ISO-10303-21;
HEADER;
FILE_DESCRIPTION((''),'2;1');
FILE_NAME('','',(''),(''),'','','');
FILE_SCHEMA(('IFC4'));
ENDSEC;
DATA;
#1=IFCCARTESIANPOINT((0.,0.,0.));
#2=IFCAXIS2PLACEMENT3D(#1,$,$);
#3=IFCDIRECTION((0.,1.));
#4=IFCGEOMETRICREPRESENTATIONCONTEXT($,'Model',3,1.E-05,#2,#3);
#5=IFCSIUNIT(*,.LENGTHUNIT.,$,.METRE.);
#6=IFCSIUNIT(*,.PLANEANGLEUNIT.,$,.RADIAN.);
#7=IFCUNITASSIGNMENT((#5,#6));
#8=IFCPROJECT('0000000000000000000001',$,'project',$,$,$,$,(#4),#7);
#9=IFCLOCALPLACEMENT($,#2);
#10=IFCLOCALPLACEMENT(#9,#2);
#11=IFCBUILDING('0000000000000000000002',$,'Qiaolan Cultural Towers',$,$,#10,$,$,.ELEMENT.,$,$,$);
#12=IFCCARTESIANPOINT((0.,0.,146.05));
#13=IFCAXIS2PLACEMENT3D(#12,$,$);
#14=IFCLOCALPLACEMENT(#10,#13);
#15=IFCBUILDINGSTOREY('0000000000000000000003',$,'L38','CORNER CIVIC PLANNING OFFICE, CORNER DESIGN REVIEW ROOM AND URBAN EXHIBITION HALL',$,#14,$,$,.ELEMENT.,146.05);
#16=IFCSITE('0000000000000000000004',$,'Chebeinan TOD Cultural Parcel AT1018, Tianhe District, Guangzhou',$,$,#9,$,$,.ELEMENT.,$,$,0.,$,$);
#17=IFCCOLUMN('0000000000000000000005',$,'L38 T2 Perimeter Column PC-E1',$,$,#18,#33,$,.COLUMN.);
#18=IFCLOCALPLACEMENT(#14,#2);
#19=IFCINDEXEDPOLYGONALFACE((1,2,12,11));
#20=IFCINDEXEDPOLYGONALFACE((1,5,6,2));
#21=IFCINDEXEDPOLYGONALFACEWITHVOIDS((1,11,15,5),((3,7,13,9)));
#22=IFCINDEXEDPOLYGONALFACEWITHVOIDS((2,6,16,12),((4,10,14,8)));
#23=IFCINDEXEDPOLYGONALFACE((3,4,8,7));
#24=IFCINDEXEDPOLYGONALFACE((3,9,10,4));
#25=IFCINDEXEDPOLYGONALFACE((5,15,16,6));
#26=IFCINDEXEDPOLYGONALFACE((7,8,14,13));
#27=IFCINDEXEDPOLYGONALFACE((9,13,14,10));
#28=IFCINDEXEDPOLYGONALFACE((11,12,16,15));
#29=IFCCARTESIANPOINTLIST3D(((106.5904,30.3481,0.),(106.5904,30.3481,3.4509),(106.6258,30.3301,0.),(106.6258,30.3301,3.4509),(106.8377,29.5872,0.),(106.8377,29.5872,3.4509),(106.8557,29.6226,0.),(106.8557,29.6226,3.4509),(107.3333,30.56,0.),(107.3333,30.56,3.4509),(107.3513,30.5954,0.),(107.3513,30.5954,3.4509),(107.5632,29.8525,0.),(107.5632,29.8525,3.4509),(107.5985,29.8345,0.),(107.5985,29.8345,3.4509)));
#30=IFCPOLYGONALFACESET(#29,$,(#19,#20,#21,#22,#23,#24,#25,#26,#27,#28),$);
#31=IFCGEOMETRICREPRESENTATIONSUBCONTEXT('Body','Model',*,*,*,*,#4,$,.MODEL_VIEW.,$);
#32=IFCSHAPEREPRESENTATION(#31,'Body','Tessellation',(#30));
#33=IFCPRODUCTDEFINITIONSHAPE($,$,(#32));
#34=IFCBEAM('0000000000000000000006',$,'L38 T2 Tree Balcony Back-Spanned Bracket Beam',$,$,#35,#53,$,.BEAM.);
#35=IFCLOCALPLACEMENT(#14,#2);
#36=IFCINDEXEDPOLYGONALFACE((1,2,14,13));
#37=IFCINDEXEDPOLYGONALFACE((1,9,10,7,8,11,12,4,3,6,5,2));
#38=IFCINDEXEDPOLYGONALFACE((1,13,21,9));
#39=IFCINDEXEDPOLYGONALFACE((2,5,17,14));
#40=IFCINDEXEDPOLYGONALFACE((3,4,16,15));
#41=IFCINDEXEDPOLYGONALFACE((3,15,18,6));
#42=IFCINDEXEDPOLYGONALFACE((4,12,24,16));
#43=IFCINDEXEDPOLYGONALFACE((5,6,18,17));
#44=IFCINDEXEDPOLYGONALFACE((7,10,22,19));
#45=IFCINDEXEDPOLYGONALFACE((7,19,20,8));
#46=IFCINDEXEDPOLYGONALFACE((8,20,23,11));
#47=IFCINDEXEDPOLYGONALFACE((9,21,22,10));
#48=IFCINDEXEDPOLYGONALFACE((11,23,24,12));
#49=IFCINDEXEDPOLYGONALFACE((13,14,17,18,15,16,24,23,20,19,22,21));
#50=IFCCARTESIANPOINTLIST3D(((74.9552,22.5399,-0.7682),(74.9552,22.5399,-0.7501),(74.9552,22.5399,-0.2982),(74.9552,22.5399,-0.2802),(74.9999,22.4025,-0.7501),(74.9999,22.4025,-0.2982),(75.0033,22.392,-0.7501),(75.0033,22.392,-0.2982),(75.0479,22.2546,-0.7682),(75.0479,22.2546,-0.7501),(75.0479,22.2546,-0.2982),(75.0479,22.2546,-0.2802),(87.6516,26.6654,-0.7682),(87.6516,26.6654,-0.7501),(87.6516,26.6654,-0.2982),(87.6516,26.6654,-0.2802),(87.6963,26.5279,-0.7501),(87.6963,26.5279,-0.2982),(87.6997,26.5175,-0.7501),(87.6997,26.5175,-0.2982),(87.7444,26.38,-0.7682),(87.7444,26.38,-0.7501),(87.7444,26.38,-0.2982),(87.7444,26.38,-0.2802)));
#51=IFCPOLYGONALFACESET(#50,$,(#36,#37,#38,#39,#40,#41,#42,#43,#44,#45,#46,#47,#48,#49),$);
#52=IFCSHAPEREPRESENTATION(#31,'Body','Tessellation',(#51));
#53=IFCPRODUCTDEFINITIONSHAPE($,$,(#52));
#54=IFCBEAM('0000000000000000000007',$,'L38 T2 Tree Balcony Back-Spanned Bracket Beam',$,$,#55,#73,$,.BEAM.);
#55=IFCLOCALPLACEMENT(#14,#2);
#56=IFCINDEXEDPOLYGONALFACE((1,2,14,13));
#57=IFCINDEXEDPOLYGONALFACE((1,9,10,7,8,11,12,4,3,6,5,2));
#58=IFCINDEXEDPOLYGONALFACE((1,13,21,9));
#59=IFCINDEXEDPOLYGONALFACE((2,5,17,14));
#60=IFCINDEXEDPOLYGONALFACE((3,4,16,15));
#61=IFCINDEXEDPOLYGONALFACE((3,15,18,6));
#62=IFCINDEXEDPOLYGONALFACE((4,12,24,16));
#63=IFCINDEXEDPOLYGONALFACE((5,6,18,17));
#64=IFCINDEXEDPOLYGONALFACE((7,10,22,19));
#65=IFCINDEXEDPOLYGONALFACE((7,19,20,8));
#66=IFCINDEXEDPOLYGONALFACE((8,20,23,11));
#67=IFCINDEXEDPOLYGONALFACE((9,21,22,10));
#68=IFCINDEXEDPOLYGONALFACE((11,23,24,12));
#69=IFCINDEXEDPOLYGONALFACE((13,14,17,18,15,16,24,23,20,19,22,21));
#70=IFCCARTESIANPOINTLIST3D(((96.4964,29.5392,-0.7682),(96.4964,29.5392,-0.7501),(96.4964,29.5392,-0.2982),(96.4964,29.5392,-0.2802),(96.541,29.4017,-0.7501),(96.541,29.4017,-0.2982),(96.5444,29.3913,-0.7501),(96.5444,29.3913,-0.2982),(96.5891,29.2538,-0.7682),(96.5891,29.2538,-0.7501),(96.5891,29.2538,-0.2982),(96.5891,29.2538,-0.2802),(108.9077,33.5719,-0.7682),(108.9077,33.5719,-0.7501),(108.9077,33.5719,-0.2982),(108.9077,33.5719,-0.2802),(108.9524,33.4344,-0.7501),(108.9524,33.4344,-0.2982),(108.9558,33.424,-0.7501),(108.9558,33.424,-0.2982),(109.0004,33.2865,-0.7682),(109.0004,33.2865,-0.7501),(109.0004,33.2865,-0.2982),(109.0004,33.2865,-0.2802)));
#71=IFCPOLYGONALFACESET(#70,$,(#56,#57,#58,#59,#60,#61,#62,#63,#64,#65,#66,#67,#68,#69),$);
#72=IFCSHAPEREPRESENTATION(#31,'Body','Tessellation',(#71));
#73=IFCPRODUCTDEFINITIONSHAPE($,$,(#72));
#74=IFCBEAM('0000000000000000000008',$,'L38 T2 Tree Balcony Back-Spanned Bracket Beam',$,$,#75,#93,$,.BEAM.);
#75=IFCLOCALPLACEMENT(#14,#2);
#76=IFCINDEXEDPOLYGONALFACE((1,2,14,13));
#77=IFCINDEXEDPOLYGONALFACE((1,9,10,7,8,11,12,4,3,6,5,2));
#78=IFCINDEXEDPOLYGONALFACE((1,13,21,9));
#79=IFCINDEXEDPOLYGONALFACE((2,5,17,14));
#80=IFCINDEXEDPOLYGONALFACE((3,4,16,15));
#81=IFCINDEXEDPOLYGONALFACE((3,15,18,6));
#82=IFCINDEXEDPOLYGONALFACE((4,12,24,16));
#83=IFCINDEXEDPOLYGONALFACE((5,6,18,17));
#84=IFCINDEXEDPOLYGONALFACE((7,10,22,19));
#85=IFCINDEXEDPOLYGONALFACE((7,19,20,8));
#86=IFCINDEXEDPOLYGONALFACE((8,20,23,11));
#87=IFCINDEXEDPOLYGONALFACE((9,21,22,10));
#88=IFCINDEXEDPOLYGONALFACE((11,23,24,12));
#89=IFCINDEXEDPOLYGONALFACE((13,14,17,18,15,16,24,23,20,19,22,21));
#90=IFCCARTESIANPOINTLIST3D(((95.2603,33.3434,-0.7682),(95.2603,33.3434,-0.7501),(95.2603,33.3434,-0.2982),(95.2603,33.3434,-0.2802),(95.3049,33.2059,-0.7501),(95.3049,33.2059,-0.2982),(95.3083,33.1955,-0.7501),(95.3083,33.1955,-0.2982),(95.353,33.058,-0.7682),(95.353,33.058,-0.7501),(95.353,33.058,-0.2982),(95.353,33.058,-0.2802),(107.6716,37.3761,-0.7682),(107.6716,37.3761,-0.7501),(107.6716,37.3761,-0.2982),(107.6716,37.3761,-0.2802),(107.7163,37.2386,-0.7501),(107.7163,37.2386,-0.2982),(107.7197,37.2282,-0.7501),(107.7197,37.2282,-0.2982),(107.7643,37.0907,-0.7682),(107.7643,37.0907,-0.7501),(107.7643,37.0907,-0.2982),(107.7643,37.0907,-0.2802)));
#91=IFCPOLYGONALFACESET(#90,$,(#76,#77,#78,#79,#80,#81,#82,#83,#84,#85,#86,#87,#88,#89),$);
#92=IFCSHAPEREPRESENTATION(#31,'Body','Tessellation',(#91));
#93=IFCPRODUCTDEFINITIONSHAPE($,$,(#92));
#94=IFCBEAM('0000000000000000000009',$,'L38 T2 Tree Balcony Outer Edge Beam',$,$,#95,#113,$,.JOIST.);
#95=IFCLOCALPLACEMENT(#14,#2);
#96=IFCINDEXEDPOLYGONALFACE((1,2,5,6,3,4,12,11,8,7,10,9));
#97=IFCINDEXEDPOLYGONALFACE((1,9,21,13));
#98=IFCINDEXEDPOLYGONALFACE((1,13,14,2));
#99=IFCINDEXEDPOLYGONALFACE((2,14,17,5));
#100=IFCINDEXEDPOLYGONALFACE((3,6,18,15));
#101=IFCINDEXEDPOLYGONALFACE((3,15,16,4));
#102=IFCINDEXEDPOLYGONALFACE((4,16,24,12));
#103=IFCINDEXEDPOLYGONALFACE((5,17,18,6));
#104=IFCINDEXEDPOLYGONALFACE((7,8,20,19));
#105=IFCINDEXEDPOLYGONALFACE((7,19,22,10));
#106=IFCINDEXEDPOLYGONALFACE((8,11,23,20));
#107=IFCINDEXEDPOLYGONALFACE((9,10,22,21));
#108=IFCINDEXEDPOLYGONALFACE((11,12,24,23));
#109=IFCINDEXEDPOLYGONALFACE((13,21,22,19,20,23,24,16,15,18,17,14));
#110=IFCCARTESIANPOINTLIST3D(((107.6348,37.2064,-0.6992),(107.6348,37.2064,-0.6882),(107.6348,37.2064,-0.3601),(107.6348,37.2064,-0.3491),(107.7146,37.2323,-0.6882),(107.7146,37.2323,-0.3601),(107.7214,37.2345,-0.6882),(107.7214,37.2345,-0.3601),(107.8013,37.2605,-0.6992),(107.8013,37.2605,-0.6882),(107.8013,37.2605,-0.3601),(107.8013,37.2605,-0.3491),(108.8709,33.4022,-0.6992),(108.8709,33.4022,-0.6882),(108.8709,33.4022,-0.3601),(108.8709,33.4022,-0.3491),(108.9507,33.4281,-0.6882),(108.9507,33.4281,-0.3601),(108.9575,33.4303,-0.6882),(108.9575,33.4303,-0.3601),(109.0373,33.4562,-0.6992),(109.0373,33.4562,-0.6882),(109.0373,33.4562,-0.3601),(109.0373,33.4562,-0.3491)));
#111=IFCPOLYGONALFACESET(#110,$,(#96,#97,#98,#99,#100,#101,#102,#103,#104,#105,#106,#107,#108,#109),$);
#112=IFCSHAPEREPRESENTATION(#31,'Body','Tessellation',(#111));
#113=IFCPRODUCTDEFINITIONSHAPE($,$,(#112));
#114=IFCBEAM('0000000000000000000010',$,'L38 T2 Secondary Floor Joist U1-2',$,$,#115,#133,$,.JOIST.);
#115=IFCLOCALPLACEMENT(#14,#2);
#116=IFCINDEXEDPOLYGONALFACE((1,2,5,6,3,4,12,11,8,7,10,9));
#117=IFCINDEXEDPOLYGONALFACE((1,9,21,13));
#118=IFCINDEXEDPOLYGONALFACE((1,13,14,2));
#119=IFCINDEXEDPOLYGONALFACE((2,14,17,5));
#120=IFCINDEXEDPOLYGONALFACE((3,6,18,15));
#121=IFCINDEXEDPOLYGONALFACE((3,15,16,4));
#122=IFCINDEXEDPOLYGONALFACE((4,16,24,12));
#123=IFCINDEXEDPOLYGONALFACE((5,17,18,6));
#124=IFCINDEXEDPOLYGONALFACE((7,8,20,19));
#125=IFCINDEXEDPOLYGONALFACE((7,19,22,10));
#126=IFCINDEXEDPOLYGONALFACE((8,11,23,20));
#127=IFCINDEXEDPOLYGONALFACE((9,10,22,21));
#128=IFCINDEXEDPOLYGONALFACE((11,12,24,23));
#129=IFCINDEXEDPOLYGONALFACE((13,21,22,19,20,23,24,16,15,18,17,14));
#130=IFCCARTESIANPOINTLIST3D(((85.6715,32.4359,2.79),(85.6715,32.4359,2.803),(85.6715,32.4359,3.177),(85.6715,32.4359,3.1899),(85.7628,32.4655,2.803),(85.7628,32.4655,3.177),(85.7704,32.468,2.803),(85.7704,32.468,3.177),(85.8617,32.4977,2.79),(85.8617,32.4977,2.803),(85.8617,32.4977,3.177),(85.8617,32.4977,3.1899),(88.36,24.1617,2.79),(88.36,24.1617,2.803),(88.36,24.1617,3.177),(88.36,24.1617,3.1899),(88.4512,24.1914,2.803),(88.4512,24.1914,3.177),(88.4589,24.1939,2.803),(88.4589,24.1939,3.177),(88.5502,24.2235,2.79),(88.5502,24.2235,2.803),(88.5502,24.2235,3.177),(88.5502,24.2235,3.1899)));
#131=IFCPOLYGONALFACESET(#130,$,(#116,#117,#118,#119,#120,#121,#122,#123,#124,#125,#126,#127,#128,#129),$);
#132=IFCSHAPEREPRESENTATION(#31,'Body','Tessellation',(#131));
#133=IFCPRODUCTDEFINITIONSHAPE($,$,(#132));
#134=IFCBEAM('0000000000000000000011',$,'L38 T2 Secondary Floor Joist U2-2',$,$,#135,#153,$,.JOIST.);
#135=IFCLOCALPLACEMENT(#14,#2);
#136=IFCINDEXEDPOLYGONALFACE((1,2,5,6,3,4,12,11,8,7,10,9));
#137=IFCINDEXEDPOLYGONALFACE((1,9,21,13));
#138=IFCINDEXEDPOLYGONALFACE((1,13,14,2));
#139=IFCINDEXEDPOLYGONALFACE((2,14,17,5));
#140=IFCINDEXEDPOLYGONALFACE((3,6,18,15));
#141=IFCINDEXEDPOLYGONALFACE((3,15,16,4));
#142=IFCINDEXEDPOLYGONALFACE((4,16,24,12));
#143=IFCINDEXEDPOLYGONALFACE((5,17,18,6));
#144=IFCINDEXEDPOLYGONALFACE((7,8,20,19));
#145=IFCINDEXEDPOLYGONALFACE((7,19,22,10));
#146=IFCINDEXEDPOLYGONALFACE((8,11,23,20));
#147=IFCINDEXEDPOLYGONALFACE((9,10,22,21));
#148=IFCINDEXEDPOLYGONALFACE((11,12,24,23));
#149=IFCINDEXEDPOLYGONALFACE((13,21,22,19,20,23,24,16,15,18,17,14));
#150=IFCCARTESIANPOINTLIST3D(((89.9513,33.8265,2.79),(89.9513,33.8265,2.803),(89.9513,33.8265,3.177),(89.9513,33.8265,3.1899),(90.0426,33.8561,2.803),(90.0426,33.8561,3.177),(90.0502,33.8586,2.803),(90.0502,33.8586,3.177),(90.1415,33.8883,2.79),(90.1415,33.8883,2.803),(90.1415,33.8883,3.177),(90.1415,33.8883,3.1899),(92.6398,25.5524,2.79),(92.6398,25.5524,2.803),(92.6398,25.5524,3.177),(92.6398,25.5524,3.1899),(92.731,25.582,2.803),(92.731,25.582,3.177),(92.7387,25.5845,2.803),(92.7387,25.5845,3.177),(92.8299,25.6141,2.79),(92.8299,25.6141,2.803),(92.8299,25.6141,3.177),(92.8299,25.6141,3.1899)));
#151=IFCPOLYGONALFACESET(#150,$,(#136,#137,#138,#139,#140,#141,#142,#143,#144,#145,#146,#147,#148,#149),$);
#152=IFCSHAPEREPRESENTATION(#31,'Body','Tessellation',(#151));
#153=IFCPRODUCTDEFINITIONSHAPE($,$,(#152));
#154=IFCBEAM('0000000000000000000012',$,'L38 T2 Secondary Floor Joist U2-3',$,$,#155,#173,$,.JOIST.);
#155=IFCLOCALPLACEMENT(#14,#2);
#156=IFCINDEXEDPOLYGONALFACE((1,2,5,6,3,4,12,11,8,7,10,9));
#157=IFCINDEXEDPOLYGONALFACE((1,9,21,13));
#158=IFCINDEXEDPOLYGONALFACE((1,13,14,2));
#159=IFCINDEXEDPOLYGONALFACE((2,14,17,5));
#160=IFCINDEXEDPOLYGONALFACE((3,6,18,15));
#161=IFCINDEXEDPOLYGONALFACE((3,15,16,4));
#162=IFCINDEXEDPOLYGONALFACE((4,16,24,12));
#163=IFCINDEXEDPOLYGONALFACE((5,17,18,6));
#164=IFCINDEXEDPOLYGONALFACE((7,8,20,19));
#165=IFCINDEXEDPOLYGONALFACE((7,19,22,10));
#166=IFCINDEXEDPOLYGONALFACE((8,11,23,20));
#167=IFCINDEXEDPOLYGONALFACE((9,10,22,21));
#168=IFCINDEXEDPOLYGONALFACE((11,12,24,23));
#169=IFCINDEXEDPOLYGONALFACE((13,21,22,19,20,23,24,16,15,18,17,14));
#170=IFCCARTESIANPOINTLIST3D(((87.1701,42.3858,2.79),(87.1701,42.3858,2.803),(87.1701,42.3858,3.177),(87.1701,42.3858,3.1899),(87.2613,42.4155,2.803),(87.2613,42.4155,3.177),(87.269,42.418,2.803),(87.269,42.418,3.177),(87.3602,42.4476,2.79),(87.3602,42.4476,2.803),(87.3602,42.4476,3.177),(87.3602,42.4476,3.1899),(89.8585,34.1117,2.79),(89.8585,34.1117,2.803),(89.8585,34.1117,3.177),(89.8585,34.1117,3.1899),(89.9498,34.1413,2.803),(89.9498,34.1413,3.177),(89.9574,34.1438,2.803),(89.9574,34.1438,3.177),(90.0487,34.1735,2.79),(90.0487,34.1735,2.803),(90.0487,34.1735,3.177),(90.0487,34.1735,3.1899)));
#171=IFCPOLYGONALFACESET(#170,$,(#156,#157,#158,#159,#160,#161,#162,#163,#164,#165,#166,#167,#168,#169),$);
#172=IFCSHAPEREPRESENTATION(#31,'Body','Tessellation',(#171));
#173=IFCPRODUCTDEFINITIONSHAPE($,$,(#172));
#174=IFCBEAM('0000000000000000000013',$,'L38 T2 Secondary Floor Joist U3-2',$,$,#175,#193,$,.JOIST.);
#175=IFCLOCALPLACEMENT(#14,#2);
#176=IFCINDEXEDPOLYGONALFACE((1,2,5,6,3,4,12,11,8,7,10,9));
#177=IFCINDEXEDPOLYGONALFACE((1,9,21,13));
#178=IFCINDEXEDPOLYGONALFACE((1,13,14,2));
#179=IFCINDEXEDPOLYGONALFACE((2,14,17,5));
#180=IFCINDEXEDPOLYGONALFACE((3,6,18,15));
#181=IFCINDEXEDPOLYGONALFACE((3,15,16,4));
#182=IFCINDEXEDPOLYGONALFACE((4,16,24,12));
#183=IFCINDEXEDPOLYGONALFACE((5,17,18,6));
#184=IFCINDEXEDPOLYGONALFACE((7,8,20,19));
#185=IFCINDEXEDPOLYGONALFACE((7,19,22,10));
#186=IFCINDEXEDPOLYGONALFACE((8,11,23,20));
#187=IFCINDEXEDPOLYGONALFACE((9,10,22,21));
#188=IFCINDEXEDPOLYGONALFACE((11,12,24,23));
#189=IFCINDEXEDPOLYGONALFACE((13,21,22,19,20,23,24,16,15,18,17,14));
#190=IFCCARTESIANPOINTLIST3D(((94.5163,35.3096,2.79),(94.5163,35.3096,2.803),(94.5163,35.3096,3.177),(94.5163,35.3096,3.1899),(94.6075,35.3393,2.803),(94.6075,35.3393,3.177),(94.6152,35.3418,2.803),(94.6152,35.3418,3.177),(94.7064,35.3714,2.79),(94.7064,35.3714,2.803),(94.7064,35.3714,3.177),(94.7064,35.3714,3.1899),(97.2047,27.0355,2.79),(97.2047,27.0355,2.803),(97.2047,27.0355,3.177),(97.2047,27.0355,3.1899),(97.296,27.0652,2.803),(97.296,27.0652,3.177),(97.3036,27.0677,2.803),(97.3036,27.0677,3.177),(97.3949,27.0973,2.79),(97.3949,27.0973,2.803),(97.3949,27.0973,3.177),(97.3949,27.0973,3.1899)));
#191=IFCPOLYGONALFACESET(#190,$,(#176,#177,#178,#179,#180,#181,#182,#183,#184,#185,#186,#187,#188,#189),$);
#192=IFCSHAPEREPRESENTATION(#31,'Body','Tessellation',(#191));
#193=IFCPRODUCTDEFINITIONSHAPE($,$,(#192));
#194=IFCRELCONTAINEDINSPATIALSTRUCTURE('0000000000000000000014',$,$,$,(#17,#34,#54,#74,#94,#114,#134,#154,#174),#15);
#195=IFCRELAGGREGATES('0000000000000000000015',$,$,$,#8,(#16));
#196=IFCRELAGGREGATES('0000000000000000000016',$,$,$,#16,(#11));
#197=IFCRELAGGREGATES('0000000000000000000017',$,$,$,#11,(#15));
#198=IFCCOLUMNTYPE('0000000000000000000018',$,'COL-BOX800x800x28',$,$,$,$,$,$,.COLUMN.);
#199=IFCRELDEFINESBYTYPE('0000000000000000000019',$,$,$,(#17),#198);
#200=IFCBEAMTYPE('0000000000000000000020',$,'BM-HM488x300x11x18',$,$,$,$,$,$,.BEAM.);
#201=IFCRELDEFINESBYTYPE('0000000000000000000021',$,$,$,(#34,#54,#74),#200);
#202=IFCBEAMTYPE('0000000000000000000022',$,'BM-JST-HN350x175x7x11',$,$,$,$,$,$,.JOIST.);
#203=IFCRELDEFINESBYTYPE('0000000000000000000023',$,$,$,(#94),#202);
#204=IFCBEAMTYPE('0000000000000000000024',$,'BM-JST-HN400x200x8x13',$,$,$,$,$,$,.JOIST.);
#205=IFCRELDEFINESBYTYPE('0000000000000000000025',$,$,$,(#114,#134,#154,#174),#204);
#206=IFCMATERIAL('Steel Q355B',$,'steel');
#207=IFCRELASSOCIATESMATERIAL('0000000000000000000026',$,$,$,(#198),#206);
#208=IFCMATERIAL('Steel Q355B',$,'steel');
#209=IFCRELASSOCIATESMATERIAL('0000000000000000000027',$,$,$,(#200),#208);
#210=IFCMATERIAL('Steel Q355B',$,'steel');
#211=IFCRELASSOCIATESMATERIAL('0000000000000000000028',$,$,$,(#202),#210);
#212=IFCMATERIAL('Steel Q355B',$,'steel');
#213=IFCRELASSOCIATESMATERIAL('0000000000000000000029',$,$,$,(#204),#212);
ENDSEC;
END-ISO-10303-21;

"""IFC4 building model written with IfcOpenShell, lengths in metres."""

from ifc_helpers import new_model, si_unit, direction, frame, origin, origin_2d, place, context, subcontext, project, spatial, hollow_rectangle, i_section, extrude, material, material_profile, profile_set, type_object, element, save


model = new_model("IFC4")

# Units and contexts
model_context = context("Model", 3, precision=1e-05, world=origin(), true_north=direction((0.0, 1.0)))
body_context = subcontext(model_context, "Body", "Model", "MODEL_VIEW")
ifc_project = project(units=[si_unit("LENGTHUNIT", "METRE"), si_unit("PLANEANGLEUNIT", "RADIAN")], contexts=[model_context])

# Site, building, storey
site_placement = place(None, origin())
site = spatial("IfcSite", under=ifc_project, at=site_placement, Name="Chebeinan TOD Cultural Parcel AT1018, Tianhe District, Guangzhou", CompositionType="ELEMENT", RefElevation=0.0)
building_placement = place(site_placement, origin())
building = spatial("IfcBuilding", under=site, at=building_placement, Name="Qiaolan Cultural Towers", CompositionType="ELEMENT")
storey_placement = place(building_placement, frame((0.0, 0.0, 146.05)))
storey = spatial("IfcBuildingStorey", under=building, at=storey_placement, Name="L38", Description="CORNER CIVIC PLANNING OFFICE, CORNER DESIGN REVIEW ROOM AND URBAN EXHIBITION HALL", CompositionType="ELEMENT", Elevation=146.05)

# Column
ifc_material_1 = material(Name="Steel Q355B", Category="steel")
ifc_material_profile_1 = material_profile(ifc_material_1, hollow_rectangle(XDim=0.8, YDim=0.8, WallThickness=0.0281, at=origin_2d()), Name="BOX800x800x28")
ifc_profile_set_1 = profile_set([ifc_material_profile_1], Name="Steel Q355B")
column_type = type_object("IfcColumnType", Name="COL-BOX800x800x28", PredefinedType="COLUMN", material=ifc_profile_set_1)
column_placement = place(storey_placement, frame((107.0945, 30.0913, 0.0), z_axis=(0.0, 0.0, 1.0), x_axis=(0.951057, 0.309017, 0.0)))
element("IfcColumn", 1, at=column_placement, inside=storey, type_object=column_type, Name="L38 T2 Perimeter Column PC-E1", PredefinedType="COLUMN", context=body_context, shape_type="SweptSolid", body=[
    extrude(hollow_rectangle(XDim=0.8, YDim=0.8, WallThickness=0.0281, at=origin_2d()), origin(), (0.0, 0.0, 1.0), 3.4509),
])

# Beams
ifc_material_2 = material(Name="Steel Q355B", Category="steel")
ifc_material_profile_2 = material_profile(ifc_material_2, i_section(OverallWidth=0.3, OverallDepth=0.488, WebThickness=0.011, FlangeThickness=0.0181, at=origin_2d()), Name="HM488x300x11x18")
ifc_profile_set_2 = profile_set([ifc_material_profile_2], Name="Steel Q355B")
beam_type_1 = type_object("IfcBeamType", Name="BM-HM488x300x11x18", PredefinedType="BEAM", material=ifc_profile_set_2)
beam_1_placement = place(storey_placement, frame((87.698, 26.5227, -0.5242), z_axis=(-0.951054, -0.309026, 0.0), x_axis=(0.309026, -0.951054, 0.0)))
element("IfcBeam", 2, at=beam_1_placement, inside=storey, type_object=beam_type_1, Name="L38 T2 Tree Balcony Back-Spanned Bracket Beam", PredefinedType="BEAM", context=body_context, shape_type="SweptSolid", body=[
    extrude(i_section(OverallWidth=0.3, OverallDepth=0.488, WebThickness=0.011, FlangeThickness=0.0181, at=origin_2d()), origin(), (0.0, 0.0, 1.0), 13.3499),
])
for number, where, z_axis, x_axis, name in (
    (3, (96.5427, 29.3965, -0.5242), (0.951056, 0.309018, 0.0), (-0.309018, 0.951056, 0.0), "L38 T2 Tree Balcony Back-Spanned Bracket Beam"),
    (4, (95.3066, 33.2007, -0.5242), (0.951056, 0.309018, 0.0), (-0.309018, 0.951056, 0.0), "L38 T2 Tree Balcony Back-Spanned Bracket Beam"),
):
    element("IfcBeam", number, at=place(storey_placement, frame(where, z_axis=z_axis, x_axis=x_axis)), inside=storey, type_object=beam_type_1, Name=name, PredefinedType="BEAM", context=body_context, shape_type="SweptSolid", body=[
        extrude(i_section(OverallWidth=0.3, OverallDepth=0.488, WebThickness=0.011, FlangeThickness=0.0181, at=origin_2d()), origin(), (0.0, 0.0, 1.0), 13.05),
    ])
ifc_material_3 = material(Name="Steel Q355B", Category="steel")
ifc_material_profile_3 = material_profile(ifc_material_3, i_section(OverallWidth=0.175, OverallDepth=0.3501, WebThickness=0.0071, FlangeThickness=0.011, at=origin_2d()), Name="HN350x175x7x11")
ifc_profile_set_3 = profile_set([ifc_material_profile_3], Name="Steel Q355B")
beam_type_2 = type_object("IfcBeamType", Name="BM-JST-HN350x175x7x11", PredefinedType="JOIST", material=ifc_profile_set_3)
beam_2_placement = place(storey_placement, frame((108.9541, 33.4292, -0.5242), z_axis=(-0.309023, 0.951055, 0.0), x_axis=(-0.951055, -0.309023, 0.0)))
element("IfcBeam", 5, at=beam_2_placement, inside=storey, type_object=beam_type_2, Name="L38 T2 Tree Balcony Outer Edge Beam", PredefinedType="JOIST", context=body_context, shape_type="SweptSolid", body=[
    extrude(i_section(OverallWidth=0.175, OverallDepth=0.3501, WebThickness=0.0071, FlangeThickness=0.011, at=origin_2d()), origin(), (0.0, 0.0, 1.0), 4.0),
])
ifc_material_4 = material(Name="Steel Q355B", Category="steel")
ifc_material_profile_4 = material_profile(ifc_material_4, i_section(OverallWidth=0.2, OverallDepth=0.3999, WebThickness=0.0081, FlangeThickness=0.0129, at=origin_2d()), Name="HN400x200x8x13")
ifc_profile_set_4 = profile_set([ifc_material_profile_4], Name="Steel Q355B")
beam_type_3 = type_object("IfcBeamType", Name="BM-JST-HN400x200x8x13", PredefinedType="JOIST", material=ifc_profile_set_4)
for number, where, z_axis, x_axis, name in (
    (6, (88.4551, 24.1926, 2.99), (-0.309021, 0.951055, 0.0), (-0.951055, -0.309021, 0.0), "L38 T2 Secondary Floor Joist U1-2"),
    (7, (92.7349, 25.5833, 2.99), (-0.309021, 0.951055, 0.0), (-0.951055, -0.309021, 0.0), "L38 T2 Secondary Floor Joist U2-2"),
    (8, (89.9536, 34.1426, 2.99), (-0.309021, 0.951055, 0.0), (-0.951055, -0.309021, 0.0), "L38 T2 Secondary Floor Joist U2-3"),
    (9, (97.2998, 27.0664, 2.99), (-0.309021, 0.951055, 0.0), (-0.951055, -0.309021, 0.0), "L38 T2 Secondary Floor Joist U3-2"),
):
    element("IfcBeam", number, at=place(storey_placement, frame(where, z_axis=z_axis, x_axis=x_axis)), inside=storey, type_object=beam_type_3, Name=name, PredefinedType="JOIST", context=body_context, shape_type="SweptSolid", body=[
        extrude(i_section(OverallWidth=0.2, OverallDepth=0.3999, WebThickness=0.0081, FlangeThickness=0.0129, at=origin_2d()), origin(), (0.0, 0.0, 1.0), 8.7),
    ])

save(model, "model.ifc")
